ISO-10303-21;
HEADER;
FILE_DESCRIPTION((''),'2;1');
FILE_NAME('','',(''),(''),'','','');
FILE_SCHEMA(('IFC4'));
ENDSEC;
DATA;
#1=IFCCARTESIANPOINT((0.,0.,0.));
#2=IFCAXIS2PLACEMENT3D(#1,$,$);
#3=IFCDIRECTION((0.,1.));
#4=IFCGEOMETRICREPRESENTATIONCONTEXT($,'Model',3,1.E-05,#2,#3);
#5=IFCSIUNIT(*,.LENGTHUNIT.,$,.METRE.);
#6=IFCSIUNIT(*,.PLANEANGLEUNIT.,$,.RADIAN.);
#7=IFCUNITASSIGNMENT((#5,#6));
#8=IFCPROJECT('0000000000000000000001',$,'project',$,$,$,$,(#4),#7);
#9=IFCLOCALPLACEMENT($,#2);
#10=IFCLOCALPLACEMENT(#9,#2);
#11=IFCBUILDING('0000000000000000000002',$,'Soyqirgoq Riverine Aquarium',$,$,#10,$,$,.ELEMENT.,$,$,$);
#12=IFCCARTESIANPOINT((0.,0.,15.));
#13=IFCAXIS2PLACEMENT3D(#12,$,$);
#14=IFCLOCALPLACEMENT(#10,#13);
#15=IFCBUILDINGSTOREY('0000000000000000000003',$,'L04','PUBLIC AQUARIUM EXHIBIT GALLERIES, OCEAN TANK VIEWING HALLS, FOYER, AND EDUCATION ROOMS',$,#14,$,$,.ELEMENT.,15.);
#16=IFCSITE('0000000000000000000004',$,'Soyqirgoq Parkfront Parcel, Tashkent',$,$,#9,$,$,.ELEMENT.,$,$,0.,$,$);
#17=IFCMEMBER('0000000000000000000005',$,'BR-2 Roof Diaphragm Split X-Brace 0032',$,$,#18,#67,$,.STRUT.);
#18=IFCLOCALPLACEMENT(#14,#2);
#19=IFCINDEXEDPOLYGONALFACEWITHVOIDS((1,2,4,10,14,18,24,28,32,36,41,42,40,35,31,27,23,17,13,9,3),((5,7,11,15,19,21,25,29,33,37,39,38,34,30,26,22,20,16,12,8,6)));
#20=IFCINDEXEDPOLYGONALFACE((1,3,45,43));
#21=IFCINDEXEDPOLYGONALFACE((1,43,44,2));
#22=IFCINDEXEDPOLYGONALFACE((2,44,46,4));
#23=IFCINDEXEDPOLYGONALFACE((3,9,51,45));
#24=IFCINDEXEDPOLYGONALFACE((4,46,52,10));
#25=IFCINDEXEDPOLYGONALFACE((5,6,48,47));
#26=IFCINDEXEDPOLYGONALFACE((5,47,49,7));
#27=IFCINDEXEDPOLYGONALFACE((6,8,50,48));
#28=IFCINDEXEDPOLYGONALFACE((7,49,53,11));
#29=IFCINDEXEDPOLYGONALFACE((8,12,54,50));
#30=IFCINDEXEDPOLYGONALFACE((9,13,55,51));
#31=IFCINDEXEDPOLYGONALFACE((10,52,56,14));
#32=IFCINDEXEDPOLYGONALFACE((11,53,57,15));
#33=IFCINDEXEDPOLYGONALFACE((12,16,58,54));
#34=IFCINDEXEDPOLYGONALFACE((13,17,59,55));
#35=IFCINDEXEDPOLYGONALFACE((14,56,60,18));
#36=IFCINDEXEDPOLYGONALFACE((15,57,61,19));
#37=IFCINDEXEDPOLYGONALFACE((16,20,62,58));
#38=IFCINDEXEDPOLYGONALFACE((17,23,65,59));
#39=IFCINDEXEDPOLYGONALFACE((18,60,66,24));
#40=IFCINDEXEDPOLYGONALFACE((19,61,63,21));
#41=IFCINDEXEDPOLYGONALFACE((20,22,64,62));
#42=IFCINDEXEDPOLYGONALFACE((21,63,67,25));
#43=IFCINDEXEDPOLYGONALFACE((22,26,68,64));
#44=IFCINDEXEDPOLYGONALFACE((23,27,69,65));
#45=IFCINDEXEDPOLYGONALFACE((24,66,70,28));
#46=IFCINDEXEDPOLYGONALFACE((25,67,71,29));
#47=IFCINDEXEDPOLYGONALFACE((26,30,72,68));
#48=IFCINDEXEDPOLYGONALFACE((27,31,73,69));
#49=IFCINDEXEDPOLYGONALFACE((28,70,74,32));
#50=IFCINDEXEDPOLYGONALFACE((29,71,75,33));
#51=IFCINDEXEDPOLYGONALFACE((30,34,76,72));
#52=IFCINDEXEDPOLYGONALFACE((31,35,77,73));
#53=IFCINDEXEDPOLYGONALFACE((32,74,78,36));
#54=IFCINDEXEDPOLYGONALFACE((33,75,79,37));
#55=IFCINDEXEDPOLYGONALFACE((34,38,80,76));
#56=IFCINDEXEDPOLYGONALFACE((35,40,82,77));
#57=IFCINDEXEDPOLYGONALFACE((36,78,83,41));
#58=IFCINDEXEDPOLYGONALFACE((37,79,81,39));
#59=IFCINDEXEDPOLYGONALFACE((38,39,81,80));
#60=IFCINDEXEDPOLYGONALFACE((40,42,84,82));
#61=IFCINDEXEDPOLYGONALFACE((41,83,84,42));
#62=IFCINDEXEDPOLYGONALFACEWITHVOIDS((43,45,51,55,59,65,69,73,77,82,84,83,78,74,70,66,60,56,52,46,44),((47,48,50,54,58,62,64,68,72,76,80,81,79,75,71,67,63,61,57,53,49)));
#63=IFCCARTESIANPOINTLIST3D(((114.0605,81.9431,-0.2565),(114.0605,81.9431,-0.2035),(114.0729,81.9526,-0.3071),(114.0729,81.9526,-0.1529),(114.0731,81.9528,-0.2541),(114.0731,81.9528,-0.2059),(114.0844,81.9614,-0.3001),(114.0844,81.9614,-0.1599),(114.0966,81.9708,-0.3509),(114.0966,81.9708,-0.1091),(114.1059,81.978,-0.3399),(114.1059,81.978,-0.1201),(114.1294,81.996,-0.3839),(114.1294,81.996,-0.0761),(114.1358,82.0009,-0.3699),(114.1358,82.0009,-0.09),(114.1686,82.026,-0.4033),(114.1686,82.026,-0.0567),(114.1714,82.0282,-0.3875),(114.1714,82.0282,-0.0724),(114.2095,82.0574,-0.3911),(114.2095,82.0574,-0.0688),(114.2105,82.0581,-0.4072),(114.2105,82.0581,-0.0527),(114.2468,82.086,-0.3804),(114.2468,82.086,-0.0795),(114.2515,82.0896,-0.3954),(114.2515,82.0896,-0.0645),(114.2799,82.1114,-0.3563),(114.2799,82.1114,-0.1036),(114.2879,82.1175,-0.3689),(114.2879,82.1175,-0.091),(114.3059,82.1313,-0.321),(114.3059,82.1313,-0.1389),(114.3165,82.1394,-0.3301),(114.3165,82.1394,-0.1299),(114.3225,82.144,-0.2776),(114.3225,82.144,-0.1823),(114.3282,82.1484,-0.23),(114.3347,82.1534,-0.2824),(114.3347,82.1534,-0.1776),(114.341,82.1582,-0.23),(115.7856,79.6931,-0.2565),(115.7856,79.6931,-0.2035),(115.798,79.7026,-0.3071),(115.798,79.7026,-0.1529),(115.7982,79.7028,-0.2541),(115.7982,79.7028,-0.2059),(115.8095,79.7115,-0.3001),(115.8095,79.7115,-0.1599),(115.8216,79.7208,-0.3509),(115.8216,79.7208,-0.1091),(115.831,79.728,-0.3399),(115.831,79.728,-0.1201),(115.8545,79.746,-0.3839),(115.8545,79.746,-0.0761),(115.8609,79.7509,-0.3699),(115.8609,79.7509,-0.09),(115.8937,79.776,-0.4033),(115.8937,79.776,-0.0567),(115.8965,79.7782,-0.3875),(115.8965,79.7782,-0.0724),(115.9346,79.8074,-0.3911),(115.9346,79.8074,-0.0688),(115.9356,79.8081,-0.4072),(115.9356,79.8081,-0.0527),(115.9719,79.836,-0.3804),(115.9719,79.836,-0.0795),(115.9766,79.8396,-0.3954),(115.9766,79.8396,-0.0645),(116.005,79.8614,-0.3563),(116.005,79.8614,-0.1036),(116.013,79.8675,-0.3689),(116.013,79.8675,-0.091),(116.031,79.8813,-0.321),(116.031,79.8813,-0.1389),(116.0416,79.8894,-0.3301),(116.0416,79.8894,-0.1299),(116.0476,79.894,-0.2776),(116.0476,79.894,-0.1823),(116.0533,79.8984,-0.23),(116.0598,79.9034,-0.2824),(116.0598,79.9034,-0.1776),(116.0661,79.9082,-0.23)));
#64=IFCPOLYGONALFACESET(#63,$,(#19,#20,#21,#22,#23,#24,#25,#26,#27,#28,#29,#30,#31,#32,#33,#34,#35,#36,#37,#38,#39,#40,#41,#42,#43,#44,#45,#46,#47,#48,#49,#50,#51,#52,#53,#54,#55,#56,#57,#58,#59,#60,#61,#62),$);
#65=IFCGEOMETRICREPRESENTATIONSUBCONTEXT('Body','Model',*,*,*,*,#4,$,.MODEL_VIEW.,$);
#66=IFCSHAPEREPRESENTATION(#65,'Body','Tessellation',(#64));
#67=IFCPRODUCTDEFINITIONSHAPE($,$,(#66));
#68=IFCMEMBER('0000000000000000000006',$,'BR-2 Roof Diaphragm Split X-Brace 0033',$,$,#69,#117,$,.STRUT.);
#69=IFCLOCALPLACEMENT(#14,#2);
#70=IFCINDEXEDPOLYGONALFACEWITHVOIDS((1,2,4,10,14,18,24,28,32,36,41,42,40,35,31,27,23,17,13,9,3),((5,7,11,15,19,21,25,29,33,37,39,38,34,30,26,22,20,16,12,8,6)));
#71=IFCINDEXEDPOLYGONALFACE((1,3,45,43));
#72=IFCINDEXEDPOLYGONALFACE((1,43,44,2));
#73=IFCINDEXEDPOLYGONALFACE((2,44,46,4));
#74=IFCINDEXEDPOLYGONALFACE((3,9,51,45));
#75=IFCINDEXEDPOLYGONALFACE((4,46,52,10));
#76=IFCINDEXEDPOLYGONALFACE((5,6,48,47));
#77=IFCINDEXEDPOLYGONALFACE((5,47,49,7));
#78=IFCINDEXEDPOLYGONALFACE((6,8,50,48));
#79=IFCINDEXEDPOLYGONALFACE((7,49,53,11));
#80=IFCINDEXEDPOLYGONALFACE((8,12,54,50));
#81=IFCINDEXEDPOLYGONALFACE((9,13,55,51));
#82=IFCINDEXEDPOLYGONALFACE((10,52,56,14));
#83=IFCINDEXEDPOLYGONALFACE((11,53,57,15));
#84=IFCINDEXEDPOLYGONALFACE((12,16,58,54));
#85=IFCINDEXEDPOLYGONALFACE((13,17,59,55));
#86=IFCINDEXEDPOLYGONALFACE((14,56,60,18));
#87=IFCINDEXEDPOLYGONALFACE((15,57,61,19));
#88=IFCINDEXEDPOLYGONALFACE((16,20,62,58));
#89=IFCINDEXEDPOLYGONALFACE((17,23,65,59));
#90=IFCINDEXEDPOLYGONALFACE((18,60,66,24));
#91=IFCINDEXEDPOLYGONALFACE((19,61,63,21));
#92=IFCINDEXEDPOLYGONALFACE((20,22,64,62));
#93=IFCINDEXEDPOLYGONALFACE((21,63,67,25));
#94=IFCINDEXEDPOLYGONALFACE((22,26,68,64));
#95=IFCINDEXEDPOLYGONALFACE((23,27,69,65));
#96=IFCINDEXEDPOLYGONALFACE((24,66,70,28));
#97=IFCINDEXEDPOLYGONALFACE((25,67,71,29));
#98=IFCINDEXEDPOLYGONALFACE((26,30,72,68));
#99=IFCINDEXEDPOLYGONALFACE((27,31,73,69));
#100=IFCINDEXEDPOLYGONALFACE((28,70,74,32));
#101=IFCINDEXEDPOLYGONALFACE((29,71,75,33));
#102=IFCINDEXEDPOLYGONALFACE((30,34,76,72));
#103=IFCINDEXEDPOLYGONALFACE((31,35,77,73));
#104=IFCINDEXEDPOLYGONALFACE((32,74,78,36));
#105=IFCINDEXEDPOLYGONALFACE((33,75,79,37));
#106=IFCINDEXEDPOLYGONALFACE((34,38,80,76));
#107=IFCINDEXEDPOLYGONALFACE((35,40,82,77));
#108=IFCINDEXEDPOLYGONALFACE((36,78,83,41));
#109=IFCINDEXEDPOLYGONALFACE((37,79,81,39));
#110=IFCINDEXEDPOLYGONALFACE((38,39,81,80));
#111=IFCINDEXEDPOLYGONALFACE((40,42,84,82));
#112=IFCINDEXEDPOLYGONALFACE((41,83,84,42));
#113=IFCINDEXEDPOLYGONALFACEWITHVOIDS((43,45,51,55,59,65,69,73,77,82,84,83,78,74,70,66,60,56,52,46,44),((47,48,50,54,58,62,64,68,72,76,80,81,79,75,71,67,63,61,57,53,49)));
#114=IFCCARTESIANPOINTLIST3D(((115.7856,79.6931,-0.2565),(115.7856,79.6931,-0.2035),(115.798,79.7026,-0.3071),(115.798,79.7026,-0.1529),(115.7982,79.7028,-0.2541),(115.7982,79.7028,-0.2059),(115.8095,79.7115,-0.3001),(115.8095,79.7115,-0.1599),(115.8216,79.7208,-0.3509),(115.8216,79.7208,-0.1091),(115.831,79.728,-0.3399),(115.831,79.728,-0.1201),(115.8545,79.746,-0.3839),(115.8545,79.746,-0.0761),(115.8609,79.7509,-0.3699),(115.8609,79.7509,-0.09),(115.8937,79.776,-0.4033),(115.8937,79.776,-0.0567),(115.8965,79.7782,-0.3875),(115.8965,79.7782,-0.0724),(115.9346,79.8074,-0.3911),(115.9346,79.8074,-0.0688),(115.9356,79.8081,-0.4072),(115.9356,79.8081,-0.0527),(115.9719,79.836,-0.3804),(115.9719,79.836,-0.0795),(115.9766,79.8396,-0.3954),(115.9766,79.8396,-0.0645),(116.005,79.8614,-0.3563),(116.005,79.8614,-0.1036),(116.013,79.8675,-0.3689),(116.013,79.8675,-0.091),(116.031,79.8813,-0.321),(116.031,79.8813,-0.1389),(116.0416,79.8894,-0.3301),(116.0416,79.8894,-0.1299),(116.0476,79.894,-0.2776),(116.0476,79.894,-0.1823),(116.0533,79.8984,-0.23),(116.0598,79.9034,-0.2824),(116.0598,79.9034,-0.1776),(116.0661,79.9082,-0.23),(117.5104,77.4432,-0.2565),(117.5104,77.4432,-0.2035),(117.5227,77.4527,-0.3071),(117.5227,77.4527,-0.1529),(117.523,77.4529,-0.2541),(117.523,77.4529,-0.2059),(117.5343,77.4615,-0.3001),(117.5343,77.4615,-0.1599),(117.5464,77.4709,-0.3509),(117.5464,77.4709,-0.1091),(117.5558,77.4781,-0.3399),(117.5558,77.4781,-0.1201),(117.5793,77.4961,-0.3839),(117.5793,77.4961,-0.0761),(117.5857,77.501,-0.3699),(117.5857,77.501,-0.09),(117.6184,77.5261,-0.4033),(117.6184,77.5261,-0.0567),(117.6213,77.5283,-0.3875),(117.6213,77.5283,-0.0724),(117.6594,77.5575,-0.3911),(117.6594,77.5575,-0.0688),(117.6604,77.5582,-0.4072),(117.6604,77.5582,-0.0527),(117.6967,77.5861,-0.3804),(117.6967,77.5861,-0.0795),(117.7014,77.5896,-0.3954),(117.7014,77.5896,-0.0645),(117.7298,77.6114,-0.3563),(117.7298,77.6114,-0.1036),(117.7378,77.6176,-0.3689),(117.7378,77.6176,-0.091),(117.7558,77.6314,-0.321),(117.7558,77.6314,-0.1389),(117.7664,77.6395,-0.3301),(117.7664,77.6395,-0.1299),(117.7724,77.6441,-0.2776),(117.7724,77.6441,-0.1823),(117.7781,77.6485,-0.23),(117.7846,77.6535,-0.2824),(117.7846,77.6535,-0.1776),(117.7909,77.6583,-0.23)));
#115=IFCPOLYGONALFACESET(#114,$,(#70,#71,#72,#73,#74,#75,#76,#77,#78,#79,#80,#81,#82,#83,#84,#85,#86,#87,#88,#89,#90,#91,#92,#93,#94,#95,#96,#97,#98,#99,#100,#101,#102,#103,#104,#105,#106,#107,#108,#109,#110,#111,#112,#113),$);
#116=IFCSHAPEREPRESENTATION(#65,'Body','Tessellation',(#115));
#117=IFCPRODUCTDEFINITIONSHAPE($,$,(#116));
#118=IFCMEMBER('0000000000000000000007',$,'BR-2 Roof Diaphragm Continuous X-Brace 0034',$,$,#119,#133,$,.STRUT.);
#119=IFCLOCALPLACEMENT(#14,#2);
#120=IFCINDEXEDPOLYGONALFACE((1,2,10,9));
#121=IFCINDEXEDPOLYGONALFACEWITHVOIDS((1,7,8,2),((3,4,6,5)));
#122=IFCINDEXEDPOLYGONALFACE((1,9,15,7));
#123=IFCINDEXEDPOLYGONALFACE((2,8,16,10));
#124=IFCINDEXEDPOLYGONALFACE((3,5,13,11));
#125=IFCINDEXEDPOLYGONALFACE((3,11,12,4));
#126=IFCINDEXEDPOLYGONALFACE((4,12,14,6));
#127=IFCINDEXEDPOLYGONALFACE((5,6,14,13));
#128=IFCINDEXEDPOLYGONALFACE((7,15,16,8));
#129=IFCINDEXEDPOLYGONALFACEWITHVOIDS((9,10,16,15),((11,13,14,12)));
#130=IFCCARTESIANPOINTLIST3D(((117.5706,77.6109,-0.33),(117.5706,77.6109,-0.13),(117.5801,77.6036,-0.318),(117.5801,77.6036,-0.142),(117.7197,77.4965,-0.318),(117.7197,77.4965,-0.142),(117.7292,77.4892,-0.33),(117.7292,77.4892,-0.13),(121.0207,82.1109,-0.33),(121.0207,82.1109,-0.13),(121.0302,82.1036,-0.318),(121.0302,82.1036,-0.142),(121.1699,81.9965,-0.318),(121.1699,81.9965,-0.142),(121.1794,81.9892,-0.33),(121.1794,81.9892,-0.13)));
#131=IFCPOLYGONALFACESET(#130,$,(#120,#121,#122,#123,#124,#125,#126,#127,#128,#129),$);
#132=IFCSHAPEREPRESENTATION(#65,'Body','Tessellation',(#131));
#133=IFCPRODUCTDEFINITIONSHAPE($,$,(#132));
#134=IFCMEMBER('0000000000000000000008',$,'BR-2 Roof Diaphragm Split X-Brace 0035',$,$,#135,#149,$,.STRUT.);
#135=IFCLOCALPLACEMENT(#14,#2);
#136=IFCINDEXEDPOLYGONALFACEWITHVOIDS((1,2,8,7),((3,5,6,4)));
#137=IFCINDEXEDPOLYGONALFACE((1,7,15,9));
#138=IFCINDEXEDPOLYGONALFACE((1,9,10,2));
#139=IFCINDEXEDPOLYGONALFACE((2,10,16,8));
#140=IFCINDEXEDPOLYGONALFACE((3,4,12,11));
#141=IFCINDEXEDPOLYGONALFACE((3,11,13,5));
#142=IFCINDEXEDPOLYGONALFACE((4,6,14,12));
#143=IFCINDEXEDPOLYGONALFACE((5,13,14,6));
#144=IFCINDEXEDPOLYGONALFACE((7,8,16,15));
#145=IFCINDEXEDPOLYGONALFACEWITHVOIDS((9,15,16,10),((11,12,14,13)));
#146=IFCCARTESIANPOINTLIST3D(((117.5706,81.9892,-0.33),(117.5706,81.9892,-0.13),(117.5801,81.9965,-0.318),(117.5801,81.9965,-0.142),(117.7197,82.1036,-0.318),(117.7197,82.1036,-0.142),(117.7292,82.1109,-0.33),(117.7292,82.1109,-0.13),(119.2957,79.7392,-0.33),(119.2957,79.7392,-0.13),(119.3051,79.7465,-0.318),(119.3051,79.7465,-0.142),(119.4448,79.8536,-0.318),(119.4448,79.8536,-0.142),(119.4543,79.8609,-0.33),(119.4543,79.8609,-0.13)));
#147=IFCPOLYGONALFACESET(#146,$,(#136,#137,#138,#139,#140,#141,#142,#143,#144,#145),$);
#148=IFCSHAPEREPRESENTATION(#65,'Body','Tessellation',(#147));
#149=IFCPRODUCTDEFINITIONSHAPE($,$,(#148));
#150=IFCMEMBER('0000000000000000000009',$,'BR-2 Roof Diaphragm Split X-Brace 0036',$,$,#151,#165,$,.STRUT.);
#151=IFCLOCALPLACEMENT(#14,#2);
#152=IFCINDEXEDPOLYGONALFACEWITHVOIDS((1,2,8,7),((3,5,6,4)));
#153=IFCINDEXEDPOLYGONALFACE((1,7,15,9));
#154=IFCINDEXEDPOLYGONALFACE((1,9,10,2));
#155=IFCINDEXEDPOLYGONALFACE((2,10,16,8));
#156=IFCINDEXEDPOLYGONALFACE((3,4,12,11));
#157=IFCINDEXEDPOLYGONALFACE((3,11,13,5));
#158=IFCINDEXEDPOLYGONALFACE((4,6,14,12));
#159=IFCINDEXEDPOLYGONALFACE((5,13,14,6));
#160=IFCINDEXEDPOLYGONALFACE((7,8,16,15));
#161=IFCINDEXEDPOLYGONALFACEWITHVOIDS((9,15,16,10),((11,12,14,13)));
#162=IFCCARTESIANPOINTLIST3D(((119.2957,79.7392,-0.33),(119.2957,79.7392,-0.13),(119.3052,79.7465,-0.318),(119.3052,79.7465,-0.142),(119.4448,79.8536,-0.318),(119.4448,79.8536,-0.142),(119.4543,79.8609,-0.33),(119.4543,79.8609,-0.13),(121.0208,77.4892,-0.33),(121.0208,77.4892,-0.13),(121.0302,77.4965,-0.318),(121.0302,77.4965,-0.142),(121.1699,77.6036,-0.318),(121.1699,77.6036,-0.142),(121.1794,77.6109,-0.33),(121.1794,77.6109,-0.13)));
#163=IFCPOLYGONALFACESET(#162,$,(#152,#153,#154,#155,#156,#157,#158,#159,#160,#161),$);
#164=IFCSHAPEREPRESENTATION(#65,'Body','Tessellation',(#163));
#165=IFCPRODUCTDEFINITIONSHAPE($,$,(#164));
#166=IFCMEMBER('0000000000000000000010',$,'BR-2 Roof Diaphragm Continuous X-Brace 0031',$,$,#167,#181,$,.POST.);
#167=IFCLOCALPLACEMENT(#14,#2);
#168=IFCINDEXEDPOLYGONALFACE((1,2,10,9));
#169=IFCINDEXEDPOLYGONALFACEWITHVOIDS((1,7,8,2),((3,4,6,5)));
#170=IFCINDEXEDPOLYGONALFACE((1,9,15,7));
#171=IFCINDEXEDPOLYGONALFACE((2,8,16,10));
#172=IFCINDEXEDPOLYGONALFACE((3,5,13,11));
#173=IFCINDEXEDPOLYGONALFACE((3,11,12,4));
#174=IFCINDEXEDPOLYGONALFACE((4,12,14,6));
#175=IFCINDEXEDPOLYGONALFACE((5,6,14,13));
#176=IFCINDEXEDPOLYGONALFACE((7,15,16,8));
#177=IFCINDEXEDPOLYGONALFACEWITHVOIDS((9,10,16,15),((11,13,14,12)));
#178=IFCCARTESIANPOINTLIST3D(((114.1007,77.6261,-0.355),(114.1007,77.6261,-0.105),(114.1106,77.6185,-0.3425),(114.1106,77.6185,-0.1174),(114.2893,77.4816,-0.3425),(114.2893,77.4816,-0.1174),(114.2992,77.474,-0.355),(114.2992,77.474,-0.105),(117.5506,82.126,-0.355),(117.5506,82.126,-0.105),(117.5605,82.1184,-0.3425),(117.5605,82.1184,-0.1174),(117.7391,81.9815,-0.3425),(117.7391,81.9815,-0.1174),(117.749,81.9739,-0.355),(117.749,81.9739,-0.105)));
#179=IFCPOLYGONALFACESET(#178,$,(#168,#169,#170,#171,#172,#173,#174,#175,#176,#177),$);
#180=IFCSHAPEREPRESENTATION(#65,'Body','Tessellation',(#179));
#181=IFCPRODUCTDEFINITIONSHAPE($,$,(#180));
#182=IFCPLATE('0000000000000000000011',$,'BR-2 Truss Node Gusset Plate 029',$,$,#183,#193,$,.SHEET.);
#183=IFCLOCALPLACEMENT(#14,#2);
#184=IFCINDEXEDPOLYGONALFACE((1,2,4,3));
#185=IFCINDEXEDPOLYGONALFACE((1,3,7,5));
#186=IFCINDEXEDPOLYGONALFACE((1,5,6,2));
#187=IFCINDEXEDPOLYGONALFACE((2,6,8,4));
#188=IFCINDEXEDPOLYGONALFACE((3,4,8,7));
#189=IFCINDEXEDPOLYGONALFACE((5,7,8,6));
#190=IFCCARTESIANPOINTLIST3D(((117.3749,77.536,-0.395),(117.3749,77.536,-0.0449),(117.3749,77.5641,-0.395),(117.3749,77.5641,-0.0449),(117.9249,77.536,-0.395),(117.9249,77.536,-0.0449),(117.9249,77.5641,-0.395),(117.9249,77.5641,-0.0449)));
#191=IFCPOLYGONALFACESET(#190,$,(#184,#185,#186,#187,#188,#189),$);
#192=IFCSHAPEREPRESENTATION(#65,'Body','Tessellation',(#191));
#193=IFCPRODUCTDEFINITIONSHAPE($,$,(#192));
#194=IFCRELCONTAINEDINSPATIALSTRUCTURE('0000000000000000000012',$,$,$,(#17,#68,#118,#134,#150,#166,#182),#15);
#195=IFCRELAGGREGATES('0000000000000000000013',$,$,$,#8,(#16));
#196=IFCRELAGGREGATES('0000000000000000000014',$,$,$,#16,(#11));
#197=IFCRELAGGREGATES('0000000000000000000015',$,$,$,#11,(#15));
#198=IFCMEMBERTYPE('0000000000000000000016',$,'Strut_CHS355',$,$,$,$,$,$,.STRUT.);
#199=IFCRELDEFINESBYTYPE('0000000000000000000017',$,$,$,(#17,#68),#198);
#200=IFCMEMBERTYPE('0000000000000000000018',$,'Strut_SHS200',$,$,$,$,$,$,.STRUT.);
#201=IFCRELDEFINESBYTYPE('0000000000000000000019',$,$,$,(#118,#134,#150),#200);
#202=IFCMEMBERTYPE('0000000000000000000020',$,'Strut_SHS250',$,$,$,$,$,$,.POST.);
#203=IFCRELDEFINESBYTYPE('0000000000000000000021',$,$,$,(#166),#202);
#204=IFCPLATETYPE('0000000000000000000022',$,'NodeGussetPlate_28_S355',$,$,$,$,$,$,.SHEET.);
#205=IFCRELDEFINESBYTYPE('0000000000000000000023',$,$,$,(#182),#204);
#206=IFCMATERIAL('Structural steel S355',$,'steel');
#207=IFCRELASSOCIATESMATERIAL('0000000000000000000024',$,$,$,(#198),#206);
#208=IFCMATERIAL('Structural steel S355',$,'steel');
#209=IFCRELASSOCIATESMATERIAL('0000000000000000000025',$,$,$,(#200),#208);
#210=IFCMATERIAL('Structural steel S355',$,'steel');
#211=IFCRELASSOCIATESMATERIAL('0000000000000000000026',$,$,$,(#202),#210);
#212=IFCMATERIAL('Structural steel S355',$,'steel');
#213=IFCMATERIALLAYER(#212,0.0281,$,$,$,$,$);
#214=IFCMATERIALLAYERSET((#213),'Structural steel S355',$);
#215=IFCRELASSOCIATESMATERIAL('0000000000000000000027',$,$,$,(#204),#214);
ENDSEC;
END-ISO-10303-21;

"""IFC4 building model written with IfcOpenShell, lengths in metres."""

from ifc_helpers import new_model, si_unit, direction, frame, origin, origin_2d, place, context, subcontext, project, spatial, rectangle, hollow_rectangle, hollow_circle, extrude, material, layer, layer_set, material_profile, profile_set, type_object, element, save


model = new_model("IFC4")

# Units and contexts
model_context = context("Model", 3, precision=1e-05, world=origin(), true_north=direction((0.0, 1.0)))
body_context = subcontext(model_context, "Body", "Model", "MODEL_VIEW")
ifc_project = project(units=[si_unit("LENGTHUNIT", "METRE"), si_unit("PLANEANGLEUNIT", "RADIAN")], contexts=[model_context])

# Site, building, storey
site_placement = place(None, origin())
site = spatial("IfcSite", under=ifc_project, at=site_placement, Name="Soyqirgoq Parkfront Parcel, Tashkent", CompositionType="ELEMENT", RefElevation=0.0)
building_placement = place(site_placement, origin())
building = spatial("IfcBuilding", under=site, at=building_placement, Name="Soyqirgoq Riverine Aquarium", CompositionType="ELEMENT")
storey_placement = place(building_placement, frame((0.0, 0.0, 15.0)))
storey = spatial("IfcBuildingStorey", under=building, at=storey_placement, Name="L04", Description="PUBLIC AQUARIUM EXHIBIT GALLERIES, OCEAN TANK VIEWING HALLS, FOYER, AND EDUCATION ROOMS", CompositionType="ELEMENT", Elevation=15.0)

# Members
ifc_material_1 = material(Name="Structural steel S355", Category="steel")
ifc_material_profile_1 = material_profile(ifc_material_1, hollow_circle(Radius=0.1777, WallThickness=0.0161, at=origin_2d()), Name="CHS 355.6x16")
ifc_profile_set_1 = profile_set([ifc_material_profile_1], Name="Structural steel S355")
member_type_1 = type_object("IfcMemberType", Name="Strut_CHS355", PredefinedType="STRUT", material=ifc_profile_set_1)
member_1_placement = place(storey_placement, frame((114.2, 82.05, -0.23), z_axis=(0.608453, -0.79359, 0.0), x_axis=(0.79359, 0.608453, 0.0)))
element("IfcMember", 1, at=member_1_placement, inside=storey, type_object=member_type_1, Name="BR-2 Roof Diaphragm Split X-Brace 0032", PredefinedType="STRUT", context=body_context, shape_type="SweptSolid", body=[
    extrude(hollow_circle(Radius=0.1777, WallThickness=0.0161, at=origin_2d()), origin(), (0.0, 0.0, 1.0), 2.8352),
])
member_2_placement = place(storey_placement, frame((115.925, 79.8, -0.23), z_axis=(0.608399, -0.793631, 0.0), x_axis=(0.793631, 0.608399, 0.0)))
element("IfcMember", 2, at=member_2_placement, inside=storey, type_object=member_type_1, Name="BR-2 Roof Diaphragm Split X-Brace 0033", PredefinedType="STRUT", context=body_context, shape_type="SweptSolid", body=[
    extrude(hollow_circle(Radius=0.1777, WallThickness=0.0161, at=origin_2d()), origin(), (0.0, 0.0, 1.0), 2.835),
])
ifc_material_2 = material(Name="Structural steel S355", Category="steel")
ifc_material_profile_2 = material_profile(ifc_material_2, hollow_rectangle(XDim=0.2, YDim=0.2, WallThickness=0.012, at=origin_2d()), Name="SHS 200x200x12")
ifc_profile_set_2 = profile_set([ifc_material_profile_2], Name="Structural steel S355")
member_type_2 = type_object("IfcMemberType", Name="Strut_SHS200", PredefinedType="STRUT", material=ifc_profile_set_2)
member_3_placement = place(storey_placement, frame((117.6499, 77.55, -0.23), z_axis=(0.608453, 0.79359, 0.0), x_axis=(-0.79359, 0.608453, 0.0)))
element("IfcMember", 3, at=member_3_placement, inside=storey, type_object=member_type_2, Name="BR-2 Roof Diaphragm Continuous X-Brace 0034", PredefinedType="STRUT", context=body_context, shape_type="SweptSolid", body=[
    extrude(hollow_rectangle(XDim=0.2, YDim=0.2, WallThickness=0.012, at=origin_2d()), origin(), (0.0, 0.0, 1.0), 5.6704),
])
for number, where, z_axis, x_axis, name in (
    (4, (117.6499, 82.05, -0.23), (0.608453, -0.79359, 0.0), (0.79359, 0.608453, 0.0), "BR-2 Roof Diaphragm Split X-Brace 0035"),
    (5, (119.375, 79.8, -0.23), (0.608453, -0.79359, 0.0), (0.79359, 0.608453, 0.0), "BR-2 Roof Diaphragm Split X-Brace 0036"),
):
    element("IfcMember", number, at=place(storey_placement, frame(where, z_axis=z_axis, x_axis=x_axis)), inside=storey, type_object=member_type_2, Name=name, PredefinedType="STRUT", context=body_context, shape_type="SweptSolid", body=[
        extrude(hollow_rectangle(XDim=0.2, YDim=0.2, WallThickness=0.012, at=origin_2d()), origin(), (0.0, 0.0, 1.0), 2.8352),
    ])
ifc_material_3 = material(Name="Structural steel S355", Category="steel")
ifc_material_profile_3 = material_profile(ifc_material_3, hollow_rectangle(XDim=0.25, YDim=0.25, WallThickness=0.0125, at=origin_2d()), Name="SHS 250x250x12.5")
ifc_profile_set_3 = profile_set([ifc_material_profile_3], Name="Structural steel S355")
member_type_3 = type_object("IfcMemberType", Name="Strut_SHS250", PredefinedType="POST", material=ifc_profile_set_3)
member_4_placement = place(storey_placement, frame((114.2, 77.55, -0.23), z_axis=(0.608426, 0.793611, 0.0), x_axis=(-0.793611, 0.608426, 0.0)))
element("IfcMember", 6, at=member_4_placement, inside=storey, type_object=member_type_3, Name="BR-2 Roof Diaphragm Continuous X-Brace 0031", PredefinedType="POST", context=body_context, shape_type="SweptSolid", body=[
    extrude(hollow_rectangle(XDim=0.25, YDim=0.25, WallThickness=0.0125, at=origin_2d()), origin(), (0.0, 0.0, 1.0), 5.6702),
])

# Plate
ifc_material_4 = material(Name="Structural steel S355", Category="steel")
ifc_layer_1 = layer(ifc_material_4, 0.0281)
ifc_layer_set_1 = layer_set([ifc_layer_1], Name="Structural steel S355")
plate_type_1 = type_object("IfcPlateType", Name="NodeGussetPlate_28_S355", PredefinedType="SHEET", material=ifc_layer_set_1)
for number, where, z_axis, x_axis, name in (
    (7, (117.6499, 77.55, -0.395), (0.0, 0.0, 1.0), (1.0, 0.0, 0.0), "BR-2 Truss Node Gusset Plate 029"),
):
    element("IfcPlate", number, at=place(storey_placement, frame(where, z_axis=z_axis, x_axis=x_axis)), inside=storey, type_object=plate_type_1, Name=name, PredefinedType="SHEET", context=body_context, shape_type="SweptSolid", body=[
        extrude(rectangle(XDim=0.55, YDim=0.0281, at=origin_2d()), origin(), (0.0, 0.0, 1.0), 0.3501),
    ])

save(model, "model.ifc")
